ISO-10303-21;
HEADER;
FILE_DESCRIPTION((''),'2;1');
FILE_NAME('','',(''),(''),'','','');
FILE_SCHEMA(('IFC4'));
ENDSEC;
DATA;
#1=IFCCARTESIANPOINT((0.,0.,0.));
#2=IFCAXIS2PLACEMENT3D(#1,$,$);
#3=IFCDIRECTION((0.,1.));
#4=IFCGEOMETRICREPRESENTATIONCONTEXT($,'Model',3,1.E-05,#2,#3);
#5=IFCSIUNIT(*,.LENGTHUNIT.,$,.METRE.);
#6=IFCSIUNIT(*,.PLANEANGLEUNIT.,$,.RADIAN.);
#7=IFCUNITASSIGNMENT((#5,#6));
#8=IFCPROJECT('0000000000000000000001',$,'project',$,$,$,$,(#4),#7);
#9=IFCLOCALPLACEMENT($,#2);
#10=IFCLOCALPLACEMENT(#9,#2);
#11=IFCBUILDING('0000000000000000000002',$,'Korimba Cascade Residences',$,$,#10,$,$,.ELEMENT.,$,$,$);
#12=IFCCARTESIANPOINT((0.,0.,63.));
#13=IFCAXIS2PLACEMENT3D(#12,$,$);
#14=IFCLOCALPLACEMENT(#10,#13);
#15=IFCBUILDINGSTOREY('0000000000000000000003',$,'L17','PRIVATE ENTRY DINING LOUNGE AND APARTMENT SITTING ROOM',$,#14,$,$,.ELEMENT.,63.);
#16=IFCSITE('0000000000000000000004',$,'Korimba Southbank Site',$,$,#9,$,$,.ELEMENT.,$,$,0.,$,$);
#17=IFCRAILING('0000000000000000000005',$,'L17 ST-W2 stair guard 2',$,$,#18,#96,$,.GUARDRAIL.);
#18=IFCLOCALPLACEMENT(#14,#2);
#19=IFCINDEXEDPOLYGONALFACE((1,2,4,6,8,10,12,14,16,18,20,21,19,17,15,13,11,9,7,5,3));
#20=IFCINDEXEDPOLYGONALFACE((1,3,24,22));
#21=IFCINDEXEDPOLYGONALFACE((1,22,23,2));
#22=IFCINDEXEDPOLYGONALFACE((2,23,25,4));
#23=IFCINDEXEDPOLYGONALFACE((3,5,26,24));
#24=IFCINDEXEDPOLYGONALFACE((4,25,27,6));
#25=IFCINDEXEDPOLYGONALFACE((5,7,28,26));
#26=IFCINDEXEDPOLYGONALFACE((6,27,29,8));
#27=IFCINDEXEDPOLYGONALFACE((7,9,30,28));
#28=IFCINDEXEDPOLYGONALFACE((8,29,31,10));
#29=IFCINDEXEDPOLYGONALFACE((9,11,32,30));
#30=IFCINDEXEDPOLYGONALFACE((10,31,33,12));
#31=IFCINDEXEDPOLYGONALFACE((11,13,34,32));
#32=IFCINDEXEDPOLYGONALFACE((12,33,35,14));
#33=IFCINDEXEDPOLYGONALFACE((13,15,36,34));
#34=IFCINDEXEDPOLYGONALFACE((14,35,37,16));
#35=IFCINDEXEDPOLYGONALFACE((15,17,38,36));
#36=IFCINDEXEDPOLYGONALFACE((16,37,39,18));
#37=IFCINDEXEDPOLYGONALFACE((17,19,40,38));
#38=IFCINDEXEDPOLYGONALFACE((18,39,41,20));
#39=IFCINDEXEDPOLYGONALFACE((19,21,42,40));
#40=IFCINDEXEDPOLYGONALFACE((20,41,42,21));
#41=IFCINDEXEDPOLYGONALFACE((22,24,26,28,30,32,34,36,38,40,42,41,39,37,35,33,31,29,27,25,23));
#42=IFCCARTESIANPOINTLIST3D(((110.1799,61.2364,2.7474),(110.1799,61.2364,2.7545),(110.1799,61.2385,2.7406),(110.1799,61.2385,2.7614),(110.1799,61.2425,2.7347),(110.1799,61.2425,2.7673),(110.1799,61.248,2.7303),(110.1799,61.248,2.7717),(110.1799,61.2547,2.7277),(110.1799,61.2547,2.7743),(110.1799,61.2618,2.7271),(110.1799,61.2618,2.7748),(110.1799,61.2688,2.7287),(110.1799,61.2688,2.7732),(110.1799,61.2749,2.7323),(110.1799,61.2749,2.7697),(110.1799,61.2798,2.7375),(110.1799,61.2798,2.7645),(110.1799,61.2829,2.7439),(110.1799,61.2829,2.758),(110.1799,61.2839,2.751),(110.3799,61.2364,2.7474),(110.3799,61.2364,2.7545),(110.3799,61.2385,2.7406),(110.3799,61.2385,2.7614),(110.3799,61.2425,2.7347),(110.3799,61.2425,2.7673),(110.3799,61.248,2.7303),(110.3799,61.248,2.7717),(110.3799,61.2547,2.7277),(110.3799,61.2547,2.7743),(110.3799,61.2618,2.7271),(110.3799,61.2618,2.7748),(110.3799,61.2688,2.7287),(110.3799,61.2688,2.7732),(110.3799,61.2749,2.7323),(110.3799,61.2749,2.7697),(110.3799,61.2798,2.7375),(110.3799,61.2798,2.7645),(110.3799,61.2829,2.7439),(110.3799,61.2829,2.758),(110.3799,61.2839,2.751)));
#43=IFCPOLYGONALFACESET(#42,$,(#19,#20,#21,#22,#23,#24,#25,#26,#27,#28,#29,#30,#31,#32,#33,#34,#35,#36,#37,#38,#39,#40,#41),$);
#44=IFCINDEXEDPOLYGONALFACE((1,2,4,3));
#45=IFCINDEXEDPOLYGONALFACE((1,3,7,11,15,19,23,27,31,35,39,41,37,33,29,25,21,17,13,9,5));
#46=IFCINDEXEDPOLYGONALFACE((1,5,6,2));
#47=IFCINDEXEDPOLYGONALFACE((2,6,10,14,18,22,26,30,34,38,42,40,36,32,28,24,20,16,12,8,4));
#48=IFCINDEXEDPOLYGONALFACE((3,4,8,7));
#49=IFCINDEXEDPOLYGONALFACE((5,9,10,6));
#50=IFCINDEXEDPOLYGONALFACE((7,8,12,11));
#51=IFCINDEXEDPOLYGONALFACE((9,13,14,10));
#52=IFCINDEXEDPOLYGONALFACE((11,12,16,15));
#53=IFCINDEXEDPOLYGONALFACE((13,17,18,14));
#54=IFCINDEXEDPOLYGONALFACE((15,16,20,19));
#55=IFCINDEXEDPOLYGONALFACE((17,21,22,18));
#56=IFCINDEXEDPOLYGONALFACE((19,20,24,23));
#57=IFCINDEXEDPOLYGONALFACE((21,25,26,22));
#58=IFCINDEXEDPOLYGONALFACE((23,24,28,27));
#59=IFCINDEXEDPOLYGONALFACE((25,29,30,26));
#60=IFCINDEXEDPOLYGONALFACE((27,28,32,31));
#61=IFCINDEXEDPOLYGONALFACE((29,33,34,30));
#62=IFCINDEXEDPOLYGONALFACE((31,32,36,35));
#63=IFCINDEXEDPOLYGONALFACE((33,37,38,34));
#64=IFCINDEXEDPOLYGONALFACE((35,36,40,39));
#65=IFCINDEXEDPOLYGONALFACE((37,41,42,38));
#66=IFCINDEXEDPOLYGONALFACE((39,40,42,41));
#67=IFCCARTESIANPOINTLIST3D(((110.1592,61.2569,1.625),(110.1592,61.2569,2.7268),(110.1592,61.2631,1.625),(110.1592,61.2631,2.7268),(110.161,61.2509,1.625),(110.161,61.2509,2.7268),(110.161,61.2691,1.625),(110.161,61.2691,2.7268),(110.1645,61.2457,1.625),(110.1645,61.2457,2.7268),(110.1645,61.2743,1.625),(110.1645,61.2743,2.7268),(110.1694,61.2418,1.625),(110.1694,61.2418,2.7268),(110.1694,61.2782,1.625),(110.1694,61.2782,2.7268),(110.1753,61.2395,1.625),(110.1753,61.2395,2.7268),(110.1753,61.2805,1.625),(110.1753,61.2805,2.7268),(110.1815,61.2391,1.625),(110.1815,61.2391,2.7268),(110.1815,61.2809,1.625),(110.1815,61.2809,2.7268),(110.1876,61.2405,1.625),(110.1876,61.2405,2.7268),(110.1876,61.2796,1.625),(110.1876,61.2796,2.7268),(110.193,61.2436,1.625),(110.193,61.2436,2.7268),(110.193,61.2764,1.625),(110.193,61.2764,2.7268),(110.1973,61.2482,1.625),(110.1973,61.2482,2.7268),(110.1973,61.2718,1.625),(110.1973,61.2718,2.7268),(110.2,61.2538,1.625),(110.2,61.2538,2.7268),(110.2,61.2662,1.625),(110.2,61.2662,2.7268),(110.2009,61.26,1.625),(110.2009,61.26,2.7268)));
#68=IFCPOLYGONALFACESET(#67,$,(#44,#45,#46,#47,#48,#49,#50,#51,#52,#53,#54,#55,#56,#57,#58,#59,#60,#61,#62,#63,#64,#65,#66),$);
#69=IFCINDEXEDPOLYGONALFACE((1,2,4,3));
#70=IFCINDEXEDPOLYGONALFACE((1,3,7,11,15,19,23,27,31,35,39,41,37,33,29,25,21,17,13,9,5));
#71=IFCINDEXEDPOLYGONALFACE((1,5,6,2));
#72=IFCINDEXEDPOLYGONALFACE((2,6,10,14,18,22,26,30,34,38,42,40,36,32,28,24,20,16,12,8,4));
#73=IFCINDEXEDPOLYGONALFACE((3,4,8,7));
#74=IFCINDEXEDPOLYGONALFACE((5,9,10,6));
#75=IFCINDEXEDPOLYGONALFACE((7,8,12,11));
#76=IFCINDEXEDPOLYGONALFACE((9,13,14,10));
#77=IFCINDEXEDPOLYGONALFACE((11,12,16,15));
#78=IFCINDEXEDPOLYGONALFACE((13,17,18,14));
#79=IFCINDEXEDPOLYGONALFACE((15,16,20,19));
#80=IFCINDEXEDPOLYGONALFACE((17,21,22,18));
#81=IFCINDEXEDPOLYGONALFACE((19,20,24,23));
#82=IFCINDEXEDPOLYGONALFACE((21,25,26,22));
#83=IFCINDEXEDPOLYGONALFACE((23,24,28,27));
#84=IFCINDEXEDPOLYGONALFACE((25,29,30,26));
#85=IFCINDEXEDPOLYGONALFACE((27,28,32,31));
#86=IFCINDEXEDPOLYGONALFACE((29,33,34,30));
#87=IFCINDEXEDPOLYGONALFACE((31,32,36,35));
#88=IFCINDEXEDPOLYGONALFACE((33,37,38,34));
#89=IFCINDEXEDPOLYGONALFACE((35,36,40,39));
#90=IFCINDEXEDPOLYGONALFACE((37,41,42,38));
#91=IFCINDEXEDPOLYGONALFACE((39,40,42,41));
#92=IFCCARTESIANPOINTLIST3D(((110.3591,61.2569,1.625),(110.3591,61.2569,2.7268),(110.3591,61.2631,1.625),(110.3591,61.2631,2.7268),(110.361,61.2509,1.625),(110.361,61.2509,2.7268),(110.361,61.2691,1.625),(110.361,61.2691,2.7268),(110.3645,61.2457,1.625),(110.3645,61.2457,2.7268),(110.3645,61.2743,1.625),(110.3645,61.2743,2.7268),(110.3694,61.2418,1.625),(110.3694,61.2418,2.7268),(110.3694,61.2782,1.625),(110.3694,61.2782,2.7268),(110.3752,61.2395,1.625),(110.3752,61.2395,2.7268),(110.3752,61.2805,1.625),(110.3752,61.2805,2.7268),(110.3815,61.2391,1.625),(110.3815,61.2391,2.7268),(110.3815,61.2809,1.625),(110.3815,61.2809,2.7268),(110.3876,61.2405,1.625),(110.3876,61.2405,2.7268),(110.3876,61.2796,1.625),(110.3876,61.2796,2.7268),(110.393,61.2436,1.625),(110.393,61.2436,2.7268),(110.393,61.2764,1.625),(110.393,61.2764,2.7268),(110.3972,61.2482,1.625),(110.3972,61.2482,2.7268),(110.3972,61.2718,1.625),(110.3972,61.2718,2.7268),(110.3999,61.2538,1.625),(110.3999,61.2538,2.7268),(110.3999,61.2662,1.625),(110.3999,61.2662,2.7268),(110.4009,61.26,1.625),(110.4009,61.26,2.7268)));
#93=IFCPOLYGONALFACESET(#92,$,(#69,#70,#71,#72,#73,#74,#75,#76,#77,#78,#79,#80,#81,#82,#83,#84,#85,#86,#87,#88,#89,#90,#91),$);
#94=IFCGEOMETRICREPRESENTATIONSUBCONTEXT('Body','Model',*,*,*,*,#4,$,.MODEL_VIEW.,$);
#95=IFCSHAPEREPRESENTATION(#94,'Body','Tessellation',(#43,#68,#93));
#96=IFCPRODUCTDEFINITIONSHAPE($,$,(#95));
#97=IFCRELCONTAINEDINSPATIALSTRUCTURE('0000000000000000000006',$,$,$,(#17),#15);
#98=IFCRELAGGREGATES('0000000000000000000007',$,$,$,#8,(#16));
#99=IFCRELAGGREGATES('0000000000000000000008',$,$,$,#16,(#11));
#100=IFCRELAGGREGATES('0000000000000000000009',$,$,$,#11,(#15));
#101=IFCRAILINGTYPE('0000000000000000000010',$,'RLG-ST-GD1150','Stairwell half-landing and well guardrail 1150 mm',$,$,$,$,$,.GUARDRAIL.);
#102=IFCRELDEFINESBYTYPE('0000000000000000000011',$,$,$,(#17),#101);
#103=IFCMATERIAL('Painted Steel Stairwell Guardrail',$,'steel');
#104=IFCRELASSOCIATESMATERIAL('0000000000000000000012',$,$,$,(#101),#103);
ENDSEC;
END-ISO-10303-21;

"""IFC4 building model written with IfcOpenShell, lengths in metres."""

from ifc_helpers import new_model, si_unit, direction, frame, origin, origin_2d, place, context, subcontext, project, spatial, circle, extrude, material, type_object, element, save


model = new_model("IFC4")

# Units and contexts
model_context = context("Model", 3, precision=1e-05, world=origin(), true_north=direction((0.0, 1.0)))
body_context = subcontext(model_context, "Body", "Model", "MODEL_VIEW")
ifc_project = project(units=[si_unit("LENGTHUNIT", "METRE"), si_unit("PLANEANGLEUNIT", "RADIAN")], contexts=[model_context])

# Site, building, storey
site_placement = place(None, origin())
site = spatial("IfcSite", under=ifc_project, at=site_placement, Name="Korimba Southbank Site", CompositionType="ELEMENT", RefElevation=0.0)
building_placement = place(site_placement, origin())
building = spatial("IfcBuilding", under=site, at=building_placement, Name="Korimba Cascade Residences", CompositionType="ELEMENT")
storey_placement = place(building_placement, frame((0.0, 0.0, 63.0)))
storey = spatial("IfcBuildingStorey", under=building, at=storey_placement, Name="L17", Description="PRIVATE ENTRY DINING LOUNGE AND APARTMENT SITTING ROOM", CompositionType="ELEMENT", Elevation=63.0)

# Railing
ifc_material_1 = material(Name="Painted Steel Stairwell Guardrail", Category="steel")
railing_type_1 = type_object("IfcRailingType", Name="RLG-ST-GD1150", Description="Stairwell half-landing and well guardrail 1150 mm", PredefinedType="GUARDRAIL", material=ifc_material_1)
railing_1_placement = place(storey_placement, frame((110.1799, 61.26, 1.625)))
element("IfcRailing", 1, at=railing_1_placement, inside=storey, type_object=railing_type_1, Name="L17 ST-W2 stair guard 2", PredefinedType="GUARDRAIL", context=body_context, shape_type="SweptSolid", body=[
    extrude(circle(Radius=0.0239, at=origin_2d()), frame((0.0, 0.0, 1.126), z_axis=(1.0, 0.0, 0.0), x_axis=(0.0, 1.0, 0.0)), (0.0, 0.0, 1.0), 0.2),
    extrude(circle(Radius=0.021, at=origin_2d()), origin(), (0.0, 0.0, 1.0), 1.1018),
    extrude(circle(Radius=0.021, at=origin_2d()), frame((0.2, 0.0, 0.0)), (0.0, 0.0, 1.0), 1.1018),
])

save(model, "model.ifc")
